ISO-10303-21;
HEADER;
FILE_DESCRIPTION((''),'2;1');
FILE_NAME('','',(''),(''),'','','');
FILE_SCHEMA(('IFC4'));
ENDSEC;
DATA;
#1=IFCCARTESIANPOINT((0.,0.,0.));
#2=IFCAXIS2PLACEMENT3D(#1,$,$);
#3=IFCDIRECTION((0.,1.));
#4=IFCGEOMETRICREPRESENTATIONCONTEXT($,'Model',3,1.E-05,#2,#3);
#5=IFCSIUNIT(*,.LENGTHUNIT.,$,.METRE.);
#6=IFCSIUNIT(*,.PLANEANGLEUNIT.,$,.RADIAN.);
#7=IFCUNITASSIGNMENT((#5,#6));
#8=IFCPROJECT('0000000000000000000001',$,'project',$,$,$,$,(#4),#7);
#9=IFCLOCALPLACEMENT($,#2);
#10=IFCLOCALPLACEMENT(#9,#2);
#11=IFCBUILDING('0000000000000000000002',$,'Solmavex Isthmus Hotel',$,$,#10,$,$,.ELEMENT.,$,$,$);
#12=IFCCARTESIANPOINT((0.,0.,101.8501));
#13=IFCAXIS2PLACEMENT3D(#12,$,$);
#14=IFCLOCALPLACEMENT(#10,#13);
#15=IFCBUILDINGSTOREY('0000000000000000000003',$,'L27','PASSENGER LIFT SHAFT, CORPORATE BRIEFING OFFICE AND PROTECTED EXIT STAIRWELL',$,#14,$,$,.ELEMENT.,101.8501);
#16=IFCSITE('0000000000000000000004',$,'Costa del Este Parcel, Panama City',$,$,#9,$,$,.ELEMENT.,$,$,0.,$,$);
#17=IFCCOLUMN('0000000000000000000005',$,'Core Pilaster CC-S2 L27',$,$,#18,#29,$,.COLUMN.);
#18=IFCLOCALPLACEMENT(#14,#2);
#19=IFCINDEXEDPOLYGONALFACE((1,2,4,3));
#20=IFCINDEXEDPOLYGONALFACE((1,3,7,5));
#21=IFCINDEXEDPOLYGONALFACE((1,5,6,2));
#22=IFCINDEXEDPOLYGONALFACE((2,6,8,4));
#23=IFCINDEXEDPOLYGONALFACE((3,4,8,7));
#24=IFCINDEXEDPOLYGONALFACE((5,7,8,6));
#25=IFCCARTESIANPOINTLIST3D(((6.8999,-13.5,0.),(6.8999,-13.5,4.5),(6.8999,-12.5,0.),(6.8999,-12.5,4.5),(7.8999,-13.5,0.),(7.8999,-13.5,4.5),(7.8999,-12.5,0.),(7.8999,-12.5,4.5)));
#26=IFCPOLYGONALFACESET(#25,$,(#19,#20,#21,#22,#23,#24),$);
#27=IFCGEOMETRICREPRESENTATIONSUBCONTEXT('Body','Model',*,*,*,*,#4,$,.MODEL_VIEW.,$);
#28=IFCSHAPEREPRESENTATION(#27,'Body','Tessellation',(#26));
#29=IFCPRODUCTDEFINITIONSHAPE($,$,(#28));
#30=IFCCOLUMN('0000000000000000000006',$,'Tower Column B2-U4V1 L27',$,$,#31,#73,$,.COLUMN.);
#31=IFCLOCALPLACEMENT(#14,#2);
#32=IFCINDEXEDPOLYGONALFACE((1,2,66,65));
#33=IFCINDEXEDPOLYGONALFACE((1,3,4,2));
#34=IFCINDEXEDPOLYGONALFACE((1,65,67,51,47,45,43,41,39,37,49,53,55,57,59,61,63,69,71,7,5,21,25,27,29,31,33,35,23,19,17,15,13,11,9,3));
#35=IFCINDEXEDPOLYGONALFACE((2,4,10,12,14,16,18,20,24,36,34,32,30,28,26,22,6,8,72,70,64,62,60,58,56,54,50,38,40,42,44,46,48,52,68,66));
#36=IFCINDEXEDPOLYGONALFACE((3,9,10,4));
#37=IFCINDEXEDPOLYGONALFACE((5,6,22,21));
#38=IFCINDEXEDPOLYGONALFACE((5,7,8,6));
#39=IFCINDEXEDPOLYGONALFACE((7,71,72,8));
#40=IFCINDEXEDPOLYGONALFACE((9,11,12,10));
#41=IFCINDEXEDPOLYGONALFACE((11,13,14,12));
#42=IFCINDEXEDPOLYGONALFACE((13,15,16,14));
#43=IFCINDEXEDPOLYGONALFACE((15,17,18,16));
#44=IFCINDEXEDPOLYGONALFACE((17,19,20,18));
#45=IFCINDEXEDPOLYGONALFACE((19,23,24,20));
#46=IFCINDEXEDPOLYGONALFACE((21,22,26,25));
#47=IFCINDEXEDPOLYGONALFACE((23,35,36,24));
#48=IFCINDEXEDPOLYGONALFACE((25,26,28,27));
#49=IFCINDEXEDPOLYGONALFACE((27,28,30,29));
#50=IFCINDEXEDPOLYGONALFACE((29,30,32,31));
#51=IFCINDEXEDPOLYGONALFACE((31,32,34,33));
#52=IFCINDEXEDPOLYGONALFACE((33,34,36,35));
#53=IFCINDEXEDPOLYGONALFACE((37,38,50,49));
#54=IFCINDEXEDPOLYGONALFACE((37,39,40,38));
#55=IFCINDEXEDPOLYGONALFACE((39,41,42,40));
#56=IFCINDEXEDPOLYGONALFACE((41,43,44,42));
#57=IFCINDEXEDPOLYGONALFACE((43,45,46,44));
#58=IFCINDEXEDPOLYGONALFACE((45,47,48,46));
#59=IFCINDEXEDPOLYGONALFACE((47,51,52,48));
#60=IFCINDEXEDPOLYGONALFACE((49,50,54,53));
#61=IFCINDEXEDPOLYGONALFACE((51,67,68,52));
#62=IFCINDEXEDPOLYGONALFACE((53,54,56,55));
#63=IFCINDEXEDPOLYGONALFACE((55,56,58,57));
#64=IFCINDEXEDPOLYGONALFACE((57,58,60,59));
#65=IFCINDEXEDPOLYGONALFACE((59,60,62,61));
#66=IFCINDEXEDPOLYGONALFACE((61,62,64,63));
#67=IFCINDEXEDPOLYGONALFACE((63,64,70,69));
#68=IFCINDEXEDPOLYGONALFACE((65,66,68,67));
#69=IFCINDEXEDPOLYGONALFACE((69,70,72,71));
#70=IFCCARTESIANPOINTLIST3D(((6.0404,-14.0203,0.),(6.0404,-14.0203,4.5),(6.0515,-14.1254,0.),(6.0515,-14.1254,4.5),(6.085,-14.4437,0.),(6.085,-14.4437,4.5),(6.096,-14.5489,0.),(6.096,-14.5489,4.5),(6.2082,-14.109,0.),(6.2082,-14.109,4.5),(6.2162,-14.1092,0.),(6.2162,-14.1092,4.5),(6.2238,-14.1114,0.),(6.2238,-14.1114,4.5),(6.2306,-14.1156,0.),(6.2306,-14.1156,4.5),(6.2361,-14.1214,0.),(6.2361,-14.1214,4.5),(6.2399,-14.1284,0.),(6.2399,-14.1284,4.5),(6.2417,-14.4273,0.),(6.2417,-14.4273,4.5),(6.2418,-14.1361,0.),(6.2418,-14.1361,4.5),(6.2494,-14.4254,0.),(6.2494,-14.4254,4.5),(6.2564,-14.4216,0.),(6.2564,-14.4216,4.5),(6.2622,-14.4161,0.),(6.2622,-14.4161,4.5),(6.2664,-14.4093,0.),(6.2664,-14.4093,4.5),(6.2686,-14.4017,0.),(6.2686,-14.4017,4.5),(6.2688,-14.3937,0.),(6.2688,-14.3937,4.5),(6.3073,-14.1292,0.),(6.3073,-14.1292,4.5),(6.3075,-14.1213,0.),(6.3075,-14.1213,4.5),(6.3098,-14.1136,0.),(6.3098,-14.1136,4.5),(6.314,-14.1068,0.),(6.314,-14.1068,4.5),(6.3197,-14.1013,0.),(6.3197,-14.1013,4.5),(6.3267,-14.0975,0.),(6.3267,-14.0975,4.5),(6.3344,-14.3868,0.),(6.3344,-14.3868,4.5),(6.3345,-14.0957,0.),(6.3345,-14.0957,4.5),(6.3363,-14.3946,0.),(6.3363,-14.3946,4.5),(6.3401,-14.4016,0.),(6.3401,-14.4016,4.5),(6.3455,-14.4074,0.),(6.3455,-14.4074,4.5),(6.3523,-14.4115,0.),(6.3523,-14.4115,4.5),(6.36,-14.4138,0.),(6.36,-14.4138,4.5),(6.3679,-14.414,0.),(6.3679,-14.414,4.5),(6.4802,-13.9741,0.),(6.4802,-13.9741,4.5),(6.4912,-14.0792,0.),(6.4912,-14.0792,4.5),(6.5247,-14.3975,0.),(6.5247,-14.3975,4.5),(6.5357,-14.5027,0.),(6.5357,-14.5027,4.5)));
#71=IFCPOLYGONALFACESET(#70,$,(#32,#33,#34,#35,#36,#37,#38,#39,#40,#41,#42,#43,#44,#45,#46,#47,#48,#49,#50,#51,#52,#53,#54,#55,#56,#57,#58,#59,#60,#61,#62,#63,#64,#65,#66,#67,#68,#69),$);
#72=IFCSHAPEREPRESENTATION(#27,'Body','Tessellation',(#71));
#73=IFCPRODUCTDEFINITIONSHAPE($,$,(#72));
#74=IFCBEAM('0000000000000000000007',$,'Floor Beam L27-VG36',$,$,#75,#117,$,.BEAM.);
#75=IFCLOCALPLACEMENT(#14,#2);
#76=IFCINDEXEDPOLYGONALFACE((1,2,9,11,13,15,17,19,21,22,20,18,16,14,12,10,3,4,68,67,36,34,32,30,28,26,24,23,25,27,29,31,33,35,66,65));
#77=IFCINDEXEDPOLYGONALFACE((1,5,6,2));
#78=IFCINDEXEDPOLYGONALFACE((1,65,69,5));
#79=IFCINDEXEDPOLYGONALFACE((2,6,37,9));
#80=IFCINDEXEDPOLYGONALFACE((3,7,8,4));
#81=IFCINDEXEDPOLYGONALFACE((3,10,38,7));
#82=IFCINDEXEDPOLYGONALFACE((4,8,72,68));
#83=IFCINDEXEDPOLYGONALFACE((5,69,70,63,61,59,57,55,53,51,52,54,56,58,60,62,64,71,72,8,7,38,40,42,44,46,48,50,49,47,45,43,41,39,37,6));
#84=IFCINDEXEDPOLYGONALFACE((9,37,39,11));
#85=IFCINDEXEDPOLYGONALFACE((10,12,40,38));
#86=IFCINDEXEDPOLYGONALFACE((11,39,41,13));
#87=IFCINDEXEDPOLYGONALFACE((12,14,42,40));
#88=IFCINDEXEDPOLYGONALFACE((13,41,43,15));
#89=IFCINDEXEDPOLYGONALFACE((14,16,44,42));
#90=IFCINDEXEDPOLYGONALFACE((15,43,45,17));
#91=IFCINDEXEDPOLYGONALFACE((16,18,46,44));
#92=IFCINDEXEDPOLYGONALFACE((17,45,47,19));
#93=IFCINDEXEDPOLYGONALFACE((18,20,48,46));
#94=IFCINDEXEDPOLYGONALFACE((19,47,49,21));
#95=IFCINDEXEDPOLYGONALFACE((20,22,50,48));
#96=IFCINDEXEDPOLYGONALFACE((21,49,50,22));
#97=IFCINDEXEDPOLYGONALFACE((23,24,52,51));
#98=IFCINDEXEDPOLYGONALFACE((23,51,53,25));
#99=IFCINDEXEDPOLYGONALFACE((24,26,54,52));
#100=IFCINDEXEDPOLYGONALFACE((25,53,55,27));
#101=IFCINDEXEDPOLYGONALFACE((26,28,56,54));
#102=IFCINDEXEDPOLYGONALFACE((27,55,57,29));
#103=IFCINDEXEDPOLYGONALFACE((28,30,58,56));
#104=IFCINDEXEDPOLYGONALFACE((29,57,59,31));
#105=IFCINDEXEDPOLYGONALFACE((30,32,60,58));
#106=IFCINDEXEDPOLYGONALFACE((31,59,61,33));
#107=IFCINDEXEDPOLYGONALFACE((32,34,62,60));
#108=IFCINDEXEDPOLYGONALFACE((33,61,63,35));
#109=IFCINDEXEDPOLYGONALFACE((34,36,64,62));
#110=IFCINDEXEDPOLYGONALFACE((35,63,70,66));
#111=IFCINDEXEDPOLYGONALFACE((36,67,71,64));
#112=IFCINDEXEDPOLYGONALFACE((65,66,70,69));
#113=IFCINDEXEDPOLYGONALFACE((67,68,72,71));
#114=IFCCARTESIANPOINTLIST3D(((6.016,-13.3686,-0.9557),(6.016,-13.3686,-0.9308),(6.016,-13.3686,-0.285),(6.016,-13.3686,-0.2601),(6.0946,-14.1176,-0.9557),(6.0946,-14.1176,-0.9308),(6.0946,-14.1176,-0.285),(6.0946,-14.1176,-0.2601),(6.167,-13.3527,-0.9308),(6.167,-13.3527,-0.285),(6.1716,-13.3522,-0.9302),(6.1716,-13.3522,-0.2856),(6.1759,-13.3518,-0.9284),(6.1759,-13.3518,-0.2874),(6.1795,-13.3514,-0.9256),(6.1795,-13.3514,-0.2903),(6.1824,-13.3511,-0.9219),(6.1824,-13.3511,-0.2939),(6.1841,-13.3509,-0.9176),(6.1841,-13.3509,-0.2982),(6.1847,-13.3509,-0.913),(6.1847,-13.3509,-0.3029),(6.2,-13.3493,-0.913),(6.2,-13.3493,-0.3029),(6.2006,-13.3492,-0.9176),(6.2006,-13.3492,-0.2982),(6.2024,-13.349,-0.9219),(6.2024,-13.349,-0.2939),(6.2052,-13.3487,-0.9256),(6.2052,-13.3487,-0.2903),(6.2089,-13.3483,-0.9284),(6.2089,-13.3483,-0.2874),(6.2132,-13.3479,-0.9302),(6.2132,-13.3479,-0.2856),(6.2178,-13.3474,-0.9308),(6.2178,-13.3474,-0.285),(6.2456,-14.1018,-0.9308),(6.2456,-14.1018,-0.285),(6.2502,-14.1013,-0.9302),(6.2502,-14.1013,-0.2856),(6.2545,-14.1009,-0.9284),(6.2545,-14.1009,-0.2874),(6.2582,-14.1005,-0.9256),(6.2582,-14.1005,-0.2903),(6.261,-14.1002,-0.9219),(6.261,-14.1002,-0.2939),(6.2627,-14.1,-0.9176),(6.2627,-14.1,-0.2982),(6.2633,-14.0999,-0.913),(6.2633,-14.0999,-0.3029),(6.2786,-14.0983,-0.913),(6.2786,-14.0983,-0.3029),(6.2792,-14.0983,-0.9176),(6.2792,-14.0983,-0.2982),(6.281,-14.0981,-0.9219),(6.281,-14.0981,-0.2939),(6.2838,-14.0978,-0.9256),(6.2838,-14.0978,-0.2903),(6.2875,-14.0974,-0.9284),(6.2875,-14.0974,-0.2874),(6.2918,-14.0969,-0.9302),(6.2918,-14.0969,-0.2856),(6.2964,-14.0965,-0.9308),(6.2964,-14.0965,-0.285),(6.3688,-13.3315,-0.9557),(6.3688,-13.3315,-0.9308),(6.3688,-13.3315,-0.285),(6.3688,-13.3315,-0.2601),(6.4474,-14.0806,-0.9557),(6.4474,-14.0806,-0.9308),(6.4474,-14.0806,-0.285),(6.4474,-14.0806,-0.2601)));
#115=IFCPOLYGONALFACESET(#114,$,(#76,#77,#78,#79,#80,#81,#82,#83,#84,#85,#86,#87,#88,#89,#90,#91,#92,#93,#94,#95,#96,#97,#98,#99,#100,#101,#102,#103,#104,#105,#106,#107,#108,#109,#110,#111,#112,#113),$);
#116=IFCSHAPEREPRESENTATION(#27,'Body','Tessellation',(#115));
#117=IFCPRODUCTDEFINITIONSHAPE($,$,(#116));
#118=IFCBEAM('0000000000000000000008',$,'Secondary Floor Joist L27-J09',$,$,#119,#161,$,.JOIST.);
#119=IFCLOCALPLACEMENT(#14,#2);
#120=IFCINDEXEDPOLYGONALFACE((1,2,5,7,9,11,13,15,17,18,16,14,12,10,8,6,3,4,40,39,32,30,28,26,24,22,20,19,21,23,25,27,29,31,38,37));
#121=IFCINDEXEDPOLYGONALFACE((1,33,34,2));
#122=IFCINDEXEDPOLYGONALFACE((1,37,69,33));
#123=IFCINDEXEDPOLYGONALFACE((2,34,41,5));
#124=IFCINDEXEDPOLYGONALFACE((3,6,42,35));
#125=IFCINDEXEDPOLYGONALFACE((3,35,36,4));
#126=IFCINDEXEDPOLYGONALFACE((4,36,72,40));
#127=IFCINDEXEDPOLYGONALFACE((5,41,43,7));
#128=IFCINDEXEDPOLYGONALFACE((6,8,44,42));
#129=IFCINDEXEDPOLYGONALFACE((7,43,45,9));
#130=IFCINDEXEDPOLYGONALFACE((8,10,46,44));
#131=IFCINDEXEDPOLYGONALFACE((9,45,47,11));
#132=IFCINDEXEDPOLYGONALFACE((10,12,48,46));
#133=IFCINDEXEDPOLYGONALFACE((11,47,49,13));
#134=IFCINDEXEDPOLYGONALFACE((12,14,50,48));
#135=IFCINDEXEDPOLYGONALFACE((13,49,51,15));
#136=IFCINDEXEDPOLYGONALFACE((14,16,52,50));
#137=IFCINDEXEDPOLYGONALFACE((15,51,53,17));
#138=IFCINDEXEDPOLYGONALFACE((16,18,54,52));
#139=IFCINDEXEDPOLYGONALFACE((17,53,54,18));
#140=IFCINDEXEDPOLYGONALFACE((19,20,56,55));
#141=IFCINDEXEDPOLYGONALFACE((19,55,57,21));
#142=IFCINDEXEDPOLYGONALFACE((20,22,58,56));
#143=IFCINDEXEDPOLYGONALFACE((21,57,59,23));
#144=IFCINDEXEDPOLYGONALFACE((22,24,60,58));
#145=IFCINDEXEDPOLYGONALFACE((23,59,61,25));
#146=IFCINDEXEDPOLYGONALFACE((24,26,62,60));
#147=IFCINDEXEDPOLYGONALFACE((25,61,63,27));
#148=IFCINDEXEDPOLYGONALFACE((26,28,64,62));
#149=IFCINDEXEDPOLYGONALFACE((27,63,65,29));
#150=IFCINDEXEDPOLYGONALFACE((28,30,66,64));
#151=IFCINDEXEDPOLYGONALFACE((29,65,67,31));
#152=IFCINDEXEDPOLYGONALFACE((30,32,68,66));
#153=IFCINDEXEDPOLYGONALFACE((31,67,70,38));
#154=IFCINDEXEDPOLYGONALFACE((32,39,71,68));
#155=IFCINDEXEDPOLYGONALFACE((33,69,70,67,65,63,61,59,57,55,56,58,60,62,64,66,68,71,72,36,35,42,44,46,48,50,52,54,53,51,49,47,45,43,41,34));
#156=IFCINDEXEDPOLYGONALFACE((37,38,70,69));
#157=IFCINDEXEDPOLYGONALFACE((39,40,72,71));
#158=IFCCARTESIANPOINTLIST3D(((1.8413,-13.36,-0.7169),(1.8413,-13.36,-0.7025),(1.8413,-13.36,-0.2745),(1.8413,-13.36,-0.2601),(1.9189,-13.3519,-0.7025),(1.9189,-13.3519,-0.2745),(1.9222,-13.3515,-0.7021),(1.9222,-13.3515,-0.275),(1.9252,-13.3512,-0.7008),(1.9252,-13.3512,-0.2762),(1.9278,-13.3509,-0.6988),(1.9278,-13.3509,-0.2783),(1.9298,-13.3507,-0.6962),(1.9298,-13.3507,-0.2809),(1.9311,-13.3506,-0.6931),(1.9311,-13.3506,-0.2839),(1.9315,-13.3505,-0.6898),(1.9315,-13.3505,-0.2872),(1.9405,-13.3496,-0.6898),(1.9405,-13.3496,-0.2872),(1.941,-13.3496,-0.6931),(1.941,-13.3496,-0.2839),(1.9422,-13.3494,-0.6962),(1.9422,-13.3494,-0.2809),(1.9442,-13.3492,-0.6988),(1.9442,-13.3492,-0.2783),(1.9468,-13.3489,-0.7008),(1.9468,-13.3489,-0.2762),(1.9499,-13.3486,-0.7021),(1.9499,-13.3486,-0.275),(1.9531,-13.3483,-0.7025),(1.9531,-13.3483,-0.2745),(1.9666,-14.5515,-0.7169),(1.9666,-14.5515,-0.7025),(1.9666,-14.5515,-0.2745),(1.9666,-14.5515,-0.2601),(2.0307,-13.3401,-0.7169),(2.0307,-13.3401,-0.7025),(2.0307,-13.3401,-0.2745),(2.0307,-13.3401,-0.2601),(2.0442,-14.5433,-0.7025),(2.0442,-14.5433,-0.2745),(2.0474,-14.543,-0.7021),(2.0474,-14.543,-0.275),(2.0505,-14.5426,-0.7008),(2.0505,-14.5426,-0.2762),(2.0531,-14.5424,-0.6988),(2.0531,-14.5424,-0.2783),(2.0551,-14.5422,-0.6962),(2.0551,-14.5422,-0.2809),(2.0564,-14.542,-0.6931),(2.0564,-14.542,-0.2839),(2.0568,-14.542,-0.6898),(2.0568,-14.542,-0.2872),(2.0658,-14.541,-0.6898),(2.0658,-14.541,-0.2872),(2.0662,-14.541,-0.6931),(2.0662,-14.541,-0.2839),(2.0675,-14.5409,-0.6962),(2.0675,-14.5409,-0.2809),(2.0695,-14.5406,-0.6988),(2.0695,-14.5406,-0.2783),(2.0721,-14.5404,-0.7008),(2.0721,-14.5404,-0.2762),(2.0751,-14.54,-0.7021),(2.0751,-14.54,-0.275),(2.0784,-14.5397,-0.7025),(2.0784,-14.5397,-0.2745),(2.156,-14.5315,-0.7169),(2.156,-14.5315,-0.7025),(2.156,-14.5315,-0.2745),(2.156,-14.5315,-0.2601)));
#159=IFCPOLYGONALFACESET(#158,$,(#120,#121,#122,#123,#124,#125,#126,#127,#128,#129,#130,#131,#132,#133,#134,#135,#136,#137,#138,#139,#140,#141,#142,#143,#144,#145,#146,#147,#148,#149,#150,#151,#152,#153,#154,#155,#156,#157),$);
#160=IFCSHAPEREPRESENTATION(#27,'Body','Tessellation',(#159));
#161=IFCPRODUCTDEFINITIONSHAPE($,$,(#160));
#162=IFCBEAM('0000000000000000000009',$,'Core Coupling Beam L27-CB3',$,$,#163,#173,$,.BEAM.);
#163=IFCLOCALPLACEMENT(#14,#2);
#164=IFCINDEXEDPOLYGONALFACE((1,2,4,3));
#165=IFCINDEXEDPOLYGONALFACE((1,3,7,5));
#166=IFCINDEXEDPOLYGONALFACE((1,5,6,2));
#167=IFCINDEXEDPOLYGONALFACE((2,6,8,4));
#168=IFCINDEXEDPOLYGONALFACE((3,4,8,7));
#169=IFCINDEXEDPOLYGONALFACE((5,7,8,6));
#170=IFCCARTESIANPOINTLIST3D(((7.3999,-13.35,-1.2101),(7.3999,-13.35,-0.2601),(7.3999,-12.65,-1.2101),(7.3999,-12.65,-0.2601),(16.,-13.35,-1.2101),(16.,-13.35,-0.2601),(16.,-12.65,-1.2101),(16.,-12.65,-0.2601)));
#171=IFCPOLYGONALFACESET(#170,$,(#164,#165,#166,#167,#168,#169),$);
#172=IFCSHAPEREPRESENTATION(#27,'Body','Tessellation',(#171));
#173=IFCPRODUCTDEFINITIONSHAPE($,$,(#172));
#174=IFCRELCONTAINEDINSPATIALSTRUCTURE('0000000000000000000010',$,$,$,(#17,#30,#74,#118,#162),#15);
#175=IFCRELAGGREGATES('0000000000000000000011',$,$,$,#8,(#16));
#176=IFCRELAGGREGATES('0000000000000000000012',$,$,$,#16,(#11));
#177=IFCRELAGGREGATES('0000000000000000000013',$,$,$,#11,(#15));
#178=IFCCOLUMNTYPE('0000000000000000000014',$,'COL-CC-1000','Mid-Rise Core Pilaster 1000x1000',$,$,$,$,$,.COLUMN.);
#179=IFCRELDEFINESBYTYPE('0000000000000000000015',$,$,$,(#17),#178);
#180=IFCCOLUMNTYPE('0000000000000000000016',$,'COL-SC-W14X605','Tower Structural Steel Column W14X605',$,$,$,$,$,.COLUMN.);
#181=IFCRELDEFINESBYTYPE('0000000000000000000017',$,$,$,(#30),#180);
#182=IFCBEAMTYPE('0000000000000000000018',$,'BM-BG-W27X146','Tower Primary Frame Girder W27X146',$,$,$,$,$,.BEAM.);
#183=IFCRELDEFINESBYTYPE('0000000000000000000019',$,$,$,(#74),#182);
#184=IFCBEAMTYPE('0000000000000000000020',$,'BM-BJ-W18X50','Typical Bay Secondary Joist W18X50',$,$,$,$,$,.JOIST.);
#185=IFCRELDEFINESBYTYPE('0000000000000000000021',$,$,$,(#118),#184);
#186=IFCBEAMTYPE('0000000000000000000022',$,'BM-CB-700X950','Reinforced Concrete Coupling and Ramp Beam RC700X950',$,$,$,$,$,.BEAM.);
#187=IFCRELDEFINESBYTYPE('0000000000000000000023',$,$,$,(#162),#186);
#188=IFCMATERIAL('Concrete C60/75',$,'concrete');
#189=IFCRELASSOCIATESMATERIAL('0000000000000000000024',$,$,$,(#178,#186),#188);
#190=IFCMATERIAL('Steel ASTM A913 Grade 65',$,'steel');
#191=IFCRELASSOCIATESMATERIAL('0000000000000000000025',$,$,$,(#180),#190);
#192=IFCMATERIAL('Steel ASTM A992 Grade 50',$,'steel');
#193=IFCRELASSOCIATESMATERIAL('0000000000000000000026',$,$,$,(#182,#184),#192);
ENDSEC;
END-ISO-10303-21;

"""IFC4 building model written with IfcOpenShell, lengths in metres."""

from ifc_helpers import new_model, si_unit, direction, frame, origin, origin_2d, place, context, subcontext, project, spatial, rectangle, i_section, extrude, material, material_profile, profile_set, type_object, element, save


model = new_model("IFC4")

# Units and contexts
model_context = context("Model", 3, precision=1e-05, world=origin(), true_north=direction((0.0, 1.0)))
body_context = subcontext(model_context, "Body", "Model", "MODEL_VIEW")
ifc_project = project(units=[si_unit("LENGTHUNIT", "METRE"), si_unit("PLANEANGLEUNIT", "RADIAN")], contexts=[model_context])

# Site, building, storey
site_placement = place(None, origin())
site = spatial("IfcSite", under=ifc_project, at=site_placement, Name="Costa del Este Parcel, Panama City", CompositionType="ELEMENT", RefElevation=0.0)
building_placement = place(site_placement, origin())
building = spatial("IfcBuilding", under=site, at=building_placement, Name="Solmavex Isthmus Hotel", CompositionType="ELEMENT")
storey_placement = place(building_placement, frame((0.0, 0.0, 101.8501)))
storey = spatial("IfcBuildingStorey", under=building, at=storey_placement, Name="L27", Description="PASSENGER LIFT SHAFT, CORPORATE BRIEFING OFFICE AND PROTECTED EXIT STAIRWELL", CompositionType="ELEMENT", Elevation=101.8501)

# Columns
ifc_material_1 = material(Name="Concrete C60/75", Category="concrete")
ifc_material_profile_1 = material_profile(ifc_material_1, rectangle(XDim=1.0, YDim=1.0, at=origin_2d()), Name="RC1000X1000")
ifc_profile_set_1 = profile_set([ifc_material_profile_1], Name="Concrete C60/75")
column_type_1 = type_object("IfcColumnType", Name="COL-CC-1000", Description="Mid-Rise Core Pilaster 1000x1000", PredefinedType="COLUMN", material=ifc_profile_set_1)
column_1_placement = place(storey_placement, frame((7.3999, -13.0, 0.0), z_axis=(0.0, 0.0, 1.0), x_axis=(1.0, 0.0, 0.0)))
element("IfcColumn", 1, at=column_1_placement, inside=storey, type_object=column_type_1, Name="Core Pilaster CC-S2 L27", PredefinedType="COLUMN", context=body_context, shape_type="SweptSolid", body=[
    extrude(rectangle(XDim=1.0, YDim=1.0, at=origin_2d()), origin(), (0.0, 0.0, 1.0), 4.5),
])
ifc_material_2 = material(Name="Steel ASTM A913 Grade 65", Category="steel")
ifc_material_profile_2 = material_profile(ifc_material_2, i_section(OverallWidth=0.4421, OverallDepth=0.5315, WebThickness=0.0659, FlangeThickness=0.1057, FilletRadius=0.0305, at=origin_2d()), Name="W14X605")
ifc_profile_set_2 = profile_set([ifc_material_profile_2], Name="Steel ASTM A913 Grade 65")
column_type_2 = type_object("IfcColumnType", Name="COL-SC-W14X605", Description="Tower Structural Steel Column W14X605", PredefinedType="COLUMN", material=ifc_profile_set_2)
column_2_placement = place(storey_placement, frame((6.2881, -14.2615, 0.0), z_axis=(0.0, 0.0, 1.0), x_axis=(0.994522, 0.104528, 0.0)))
element("IfcColumn", 2, at=column_2_placement, inside=storey, type_object=column_type_2, Name="Tower Column B2-U4V1 L27", PredefinedType="COLUMN", context=body_context, shape_type="SweptSolid", body=[
    extrude(i_section(OverallWidth=0.4421, OverallDepth=0.5315, WebThickness=0.0659, FlangeThickness=0.1057, FilletRadius=0.0305, at=origin_2d()), origin(), (0.0, 0.0, 1.0), 4.5),
])

# Beams
ifc_material_3 = material(Name="Steel ASTM A992 Grade 50", Category="steel")
ifc_material_profile_3 = material_profile(ifc_material_3, i_section(OverallWidth=0.3547, OverallDepth=0.6956, WebThickness=0.0154, FlangeThickness=0.0249, FilletRadius=0.0178, at=origin_2d()), Name="W27X146")
ifc_profile_set_3 = profile_set([ifc_material_profile_3], Name="Steel ASTM A992 Grade 50")
beam_type_1 = type_object("IfcBeamType", Name="BM-BG-W27X146", Description="Tower Primary Frame Girder W27X146", PredefinedType="BEAM", material=ifc_profile_set_3)
beam_1_placement = place(storey_placement, frame((6.271, -14.0991, -0.6079), z_axis=(-0.104381, 0.994537, 0.0), x_axis=(-0.994537, -0.104381, 0.0)))
element("IfcBeam", 3, at=beam_1_placement, inside=storey, type_object=beam_type_1, Name="Floor Beam L27-VG36", PredefinedType="BEAM", context=body_context, shape_type="SweptSolid", body=[
    extrude(i_section(OverallWidth=0.3547, OverallDepth=0.6956, WebThickness=0.0154, FlangeThickness=0.0249, FilletRadius=0.0178, at=origin_2d()), origin(), (0.0, 0.0, 1.0), 0.7532),
])
ifc_material_profile_4 = material_profile(ifc_material_3, i_section(OverallWidth=0.1904, OverallDepth=0.4568, WebThickness=0.009, FlangeThickness=0.0144, FilletRadius=0.0127, at=origin_2d()), Name="W18X50")
ifc_profile_set_4 = profile_set([ifc_material_profile_4], Name="Steel ASTM A992 Grade 50")
beam_type_2 = type_object("IfcBeamType", Name="BM-BJ-W18X50", Description="Typical Bay Secondary Joist W18X50", PredefinedType="JOIST", material=ifc_profile_set_4)
beam_2_placement = place(storey_placement, frame((2.0613, -14.5415, -0.4885), z_axis=(-0.104547, 0.99452, 0.0), x_axis=(-0.99452, -0.104547, 0.0)))
element("IfcBeam", 4, at=beam_2_placement, inside=storey, type_object=beam_type_2, Name="Secondary Floor Joist L27-J09", PredefinedType="JOIST", context=body_context, shape_type="SweptSolid", body=[
    extrude(i_section(OverallWidth=0.1904, OverallDepth=0.4568, WebThickness=0.009, FlangeThickness=0.0144, FilletRadius=0.0127, at=origin_2d()), origin(), (0.0, 0.0, 1.0), 1.198),
])
ifc_material_profile_5 = material_profile(ifc_material_1, rectangle(XDim=0.7, YDim=0.95, at=origin_2d()), Name="RC700X950")
ifc_profile_set_5 = profile_set([ifc_material_profile_5], Name="Concrete C60/75")
beam_type_3 = type_object("IfcBeamType", Name="BM-CB-700X950", Description="Reinforced Concrete Coupling and Ramp Beam RC700X950", PredefinedType="BEAM", material=ifc_profile_set_5)
beam_3_placement = place(storey_placement, frame((7.3999, -13.0, -0.7351), z_axis=(1.0, 0.0, 0.0), x_axis=(0.0, 1.0, 0.0)))
element("IfcBeam", 5, at=beam_3_placement, inside=storey, type_object=beam_type_3, Name="Core Coupling Beam L27-CB3", PredefinedType="BEAM", context=body_context, shape_type="SweptSolid", body=[
    extrude(rectangle(XDim=0.7, YDim=0.95, at=origin_2d()), origin(), (0.0, 0.0, 1.0), 8.6001),
])

save(model, "model.ifc")
